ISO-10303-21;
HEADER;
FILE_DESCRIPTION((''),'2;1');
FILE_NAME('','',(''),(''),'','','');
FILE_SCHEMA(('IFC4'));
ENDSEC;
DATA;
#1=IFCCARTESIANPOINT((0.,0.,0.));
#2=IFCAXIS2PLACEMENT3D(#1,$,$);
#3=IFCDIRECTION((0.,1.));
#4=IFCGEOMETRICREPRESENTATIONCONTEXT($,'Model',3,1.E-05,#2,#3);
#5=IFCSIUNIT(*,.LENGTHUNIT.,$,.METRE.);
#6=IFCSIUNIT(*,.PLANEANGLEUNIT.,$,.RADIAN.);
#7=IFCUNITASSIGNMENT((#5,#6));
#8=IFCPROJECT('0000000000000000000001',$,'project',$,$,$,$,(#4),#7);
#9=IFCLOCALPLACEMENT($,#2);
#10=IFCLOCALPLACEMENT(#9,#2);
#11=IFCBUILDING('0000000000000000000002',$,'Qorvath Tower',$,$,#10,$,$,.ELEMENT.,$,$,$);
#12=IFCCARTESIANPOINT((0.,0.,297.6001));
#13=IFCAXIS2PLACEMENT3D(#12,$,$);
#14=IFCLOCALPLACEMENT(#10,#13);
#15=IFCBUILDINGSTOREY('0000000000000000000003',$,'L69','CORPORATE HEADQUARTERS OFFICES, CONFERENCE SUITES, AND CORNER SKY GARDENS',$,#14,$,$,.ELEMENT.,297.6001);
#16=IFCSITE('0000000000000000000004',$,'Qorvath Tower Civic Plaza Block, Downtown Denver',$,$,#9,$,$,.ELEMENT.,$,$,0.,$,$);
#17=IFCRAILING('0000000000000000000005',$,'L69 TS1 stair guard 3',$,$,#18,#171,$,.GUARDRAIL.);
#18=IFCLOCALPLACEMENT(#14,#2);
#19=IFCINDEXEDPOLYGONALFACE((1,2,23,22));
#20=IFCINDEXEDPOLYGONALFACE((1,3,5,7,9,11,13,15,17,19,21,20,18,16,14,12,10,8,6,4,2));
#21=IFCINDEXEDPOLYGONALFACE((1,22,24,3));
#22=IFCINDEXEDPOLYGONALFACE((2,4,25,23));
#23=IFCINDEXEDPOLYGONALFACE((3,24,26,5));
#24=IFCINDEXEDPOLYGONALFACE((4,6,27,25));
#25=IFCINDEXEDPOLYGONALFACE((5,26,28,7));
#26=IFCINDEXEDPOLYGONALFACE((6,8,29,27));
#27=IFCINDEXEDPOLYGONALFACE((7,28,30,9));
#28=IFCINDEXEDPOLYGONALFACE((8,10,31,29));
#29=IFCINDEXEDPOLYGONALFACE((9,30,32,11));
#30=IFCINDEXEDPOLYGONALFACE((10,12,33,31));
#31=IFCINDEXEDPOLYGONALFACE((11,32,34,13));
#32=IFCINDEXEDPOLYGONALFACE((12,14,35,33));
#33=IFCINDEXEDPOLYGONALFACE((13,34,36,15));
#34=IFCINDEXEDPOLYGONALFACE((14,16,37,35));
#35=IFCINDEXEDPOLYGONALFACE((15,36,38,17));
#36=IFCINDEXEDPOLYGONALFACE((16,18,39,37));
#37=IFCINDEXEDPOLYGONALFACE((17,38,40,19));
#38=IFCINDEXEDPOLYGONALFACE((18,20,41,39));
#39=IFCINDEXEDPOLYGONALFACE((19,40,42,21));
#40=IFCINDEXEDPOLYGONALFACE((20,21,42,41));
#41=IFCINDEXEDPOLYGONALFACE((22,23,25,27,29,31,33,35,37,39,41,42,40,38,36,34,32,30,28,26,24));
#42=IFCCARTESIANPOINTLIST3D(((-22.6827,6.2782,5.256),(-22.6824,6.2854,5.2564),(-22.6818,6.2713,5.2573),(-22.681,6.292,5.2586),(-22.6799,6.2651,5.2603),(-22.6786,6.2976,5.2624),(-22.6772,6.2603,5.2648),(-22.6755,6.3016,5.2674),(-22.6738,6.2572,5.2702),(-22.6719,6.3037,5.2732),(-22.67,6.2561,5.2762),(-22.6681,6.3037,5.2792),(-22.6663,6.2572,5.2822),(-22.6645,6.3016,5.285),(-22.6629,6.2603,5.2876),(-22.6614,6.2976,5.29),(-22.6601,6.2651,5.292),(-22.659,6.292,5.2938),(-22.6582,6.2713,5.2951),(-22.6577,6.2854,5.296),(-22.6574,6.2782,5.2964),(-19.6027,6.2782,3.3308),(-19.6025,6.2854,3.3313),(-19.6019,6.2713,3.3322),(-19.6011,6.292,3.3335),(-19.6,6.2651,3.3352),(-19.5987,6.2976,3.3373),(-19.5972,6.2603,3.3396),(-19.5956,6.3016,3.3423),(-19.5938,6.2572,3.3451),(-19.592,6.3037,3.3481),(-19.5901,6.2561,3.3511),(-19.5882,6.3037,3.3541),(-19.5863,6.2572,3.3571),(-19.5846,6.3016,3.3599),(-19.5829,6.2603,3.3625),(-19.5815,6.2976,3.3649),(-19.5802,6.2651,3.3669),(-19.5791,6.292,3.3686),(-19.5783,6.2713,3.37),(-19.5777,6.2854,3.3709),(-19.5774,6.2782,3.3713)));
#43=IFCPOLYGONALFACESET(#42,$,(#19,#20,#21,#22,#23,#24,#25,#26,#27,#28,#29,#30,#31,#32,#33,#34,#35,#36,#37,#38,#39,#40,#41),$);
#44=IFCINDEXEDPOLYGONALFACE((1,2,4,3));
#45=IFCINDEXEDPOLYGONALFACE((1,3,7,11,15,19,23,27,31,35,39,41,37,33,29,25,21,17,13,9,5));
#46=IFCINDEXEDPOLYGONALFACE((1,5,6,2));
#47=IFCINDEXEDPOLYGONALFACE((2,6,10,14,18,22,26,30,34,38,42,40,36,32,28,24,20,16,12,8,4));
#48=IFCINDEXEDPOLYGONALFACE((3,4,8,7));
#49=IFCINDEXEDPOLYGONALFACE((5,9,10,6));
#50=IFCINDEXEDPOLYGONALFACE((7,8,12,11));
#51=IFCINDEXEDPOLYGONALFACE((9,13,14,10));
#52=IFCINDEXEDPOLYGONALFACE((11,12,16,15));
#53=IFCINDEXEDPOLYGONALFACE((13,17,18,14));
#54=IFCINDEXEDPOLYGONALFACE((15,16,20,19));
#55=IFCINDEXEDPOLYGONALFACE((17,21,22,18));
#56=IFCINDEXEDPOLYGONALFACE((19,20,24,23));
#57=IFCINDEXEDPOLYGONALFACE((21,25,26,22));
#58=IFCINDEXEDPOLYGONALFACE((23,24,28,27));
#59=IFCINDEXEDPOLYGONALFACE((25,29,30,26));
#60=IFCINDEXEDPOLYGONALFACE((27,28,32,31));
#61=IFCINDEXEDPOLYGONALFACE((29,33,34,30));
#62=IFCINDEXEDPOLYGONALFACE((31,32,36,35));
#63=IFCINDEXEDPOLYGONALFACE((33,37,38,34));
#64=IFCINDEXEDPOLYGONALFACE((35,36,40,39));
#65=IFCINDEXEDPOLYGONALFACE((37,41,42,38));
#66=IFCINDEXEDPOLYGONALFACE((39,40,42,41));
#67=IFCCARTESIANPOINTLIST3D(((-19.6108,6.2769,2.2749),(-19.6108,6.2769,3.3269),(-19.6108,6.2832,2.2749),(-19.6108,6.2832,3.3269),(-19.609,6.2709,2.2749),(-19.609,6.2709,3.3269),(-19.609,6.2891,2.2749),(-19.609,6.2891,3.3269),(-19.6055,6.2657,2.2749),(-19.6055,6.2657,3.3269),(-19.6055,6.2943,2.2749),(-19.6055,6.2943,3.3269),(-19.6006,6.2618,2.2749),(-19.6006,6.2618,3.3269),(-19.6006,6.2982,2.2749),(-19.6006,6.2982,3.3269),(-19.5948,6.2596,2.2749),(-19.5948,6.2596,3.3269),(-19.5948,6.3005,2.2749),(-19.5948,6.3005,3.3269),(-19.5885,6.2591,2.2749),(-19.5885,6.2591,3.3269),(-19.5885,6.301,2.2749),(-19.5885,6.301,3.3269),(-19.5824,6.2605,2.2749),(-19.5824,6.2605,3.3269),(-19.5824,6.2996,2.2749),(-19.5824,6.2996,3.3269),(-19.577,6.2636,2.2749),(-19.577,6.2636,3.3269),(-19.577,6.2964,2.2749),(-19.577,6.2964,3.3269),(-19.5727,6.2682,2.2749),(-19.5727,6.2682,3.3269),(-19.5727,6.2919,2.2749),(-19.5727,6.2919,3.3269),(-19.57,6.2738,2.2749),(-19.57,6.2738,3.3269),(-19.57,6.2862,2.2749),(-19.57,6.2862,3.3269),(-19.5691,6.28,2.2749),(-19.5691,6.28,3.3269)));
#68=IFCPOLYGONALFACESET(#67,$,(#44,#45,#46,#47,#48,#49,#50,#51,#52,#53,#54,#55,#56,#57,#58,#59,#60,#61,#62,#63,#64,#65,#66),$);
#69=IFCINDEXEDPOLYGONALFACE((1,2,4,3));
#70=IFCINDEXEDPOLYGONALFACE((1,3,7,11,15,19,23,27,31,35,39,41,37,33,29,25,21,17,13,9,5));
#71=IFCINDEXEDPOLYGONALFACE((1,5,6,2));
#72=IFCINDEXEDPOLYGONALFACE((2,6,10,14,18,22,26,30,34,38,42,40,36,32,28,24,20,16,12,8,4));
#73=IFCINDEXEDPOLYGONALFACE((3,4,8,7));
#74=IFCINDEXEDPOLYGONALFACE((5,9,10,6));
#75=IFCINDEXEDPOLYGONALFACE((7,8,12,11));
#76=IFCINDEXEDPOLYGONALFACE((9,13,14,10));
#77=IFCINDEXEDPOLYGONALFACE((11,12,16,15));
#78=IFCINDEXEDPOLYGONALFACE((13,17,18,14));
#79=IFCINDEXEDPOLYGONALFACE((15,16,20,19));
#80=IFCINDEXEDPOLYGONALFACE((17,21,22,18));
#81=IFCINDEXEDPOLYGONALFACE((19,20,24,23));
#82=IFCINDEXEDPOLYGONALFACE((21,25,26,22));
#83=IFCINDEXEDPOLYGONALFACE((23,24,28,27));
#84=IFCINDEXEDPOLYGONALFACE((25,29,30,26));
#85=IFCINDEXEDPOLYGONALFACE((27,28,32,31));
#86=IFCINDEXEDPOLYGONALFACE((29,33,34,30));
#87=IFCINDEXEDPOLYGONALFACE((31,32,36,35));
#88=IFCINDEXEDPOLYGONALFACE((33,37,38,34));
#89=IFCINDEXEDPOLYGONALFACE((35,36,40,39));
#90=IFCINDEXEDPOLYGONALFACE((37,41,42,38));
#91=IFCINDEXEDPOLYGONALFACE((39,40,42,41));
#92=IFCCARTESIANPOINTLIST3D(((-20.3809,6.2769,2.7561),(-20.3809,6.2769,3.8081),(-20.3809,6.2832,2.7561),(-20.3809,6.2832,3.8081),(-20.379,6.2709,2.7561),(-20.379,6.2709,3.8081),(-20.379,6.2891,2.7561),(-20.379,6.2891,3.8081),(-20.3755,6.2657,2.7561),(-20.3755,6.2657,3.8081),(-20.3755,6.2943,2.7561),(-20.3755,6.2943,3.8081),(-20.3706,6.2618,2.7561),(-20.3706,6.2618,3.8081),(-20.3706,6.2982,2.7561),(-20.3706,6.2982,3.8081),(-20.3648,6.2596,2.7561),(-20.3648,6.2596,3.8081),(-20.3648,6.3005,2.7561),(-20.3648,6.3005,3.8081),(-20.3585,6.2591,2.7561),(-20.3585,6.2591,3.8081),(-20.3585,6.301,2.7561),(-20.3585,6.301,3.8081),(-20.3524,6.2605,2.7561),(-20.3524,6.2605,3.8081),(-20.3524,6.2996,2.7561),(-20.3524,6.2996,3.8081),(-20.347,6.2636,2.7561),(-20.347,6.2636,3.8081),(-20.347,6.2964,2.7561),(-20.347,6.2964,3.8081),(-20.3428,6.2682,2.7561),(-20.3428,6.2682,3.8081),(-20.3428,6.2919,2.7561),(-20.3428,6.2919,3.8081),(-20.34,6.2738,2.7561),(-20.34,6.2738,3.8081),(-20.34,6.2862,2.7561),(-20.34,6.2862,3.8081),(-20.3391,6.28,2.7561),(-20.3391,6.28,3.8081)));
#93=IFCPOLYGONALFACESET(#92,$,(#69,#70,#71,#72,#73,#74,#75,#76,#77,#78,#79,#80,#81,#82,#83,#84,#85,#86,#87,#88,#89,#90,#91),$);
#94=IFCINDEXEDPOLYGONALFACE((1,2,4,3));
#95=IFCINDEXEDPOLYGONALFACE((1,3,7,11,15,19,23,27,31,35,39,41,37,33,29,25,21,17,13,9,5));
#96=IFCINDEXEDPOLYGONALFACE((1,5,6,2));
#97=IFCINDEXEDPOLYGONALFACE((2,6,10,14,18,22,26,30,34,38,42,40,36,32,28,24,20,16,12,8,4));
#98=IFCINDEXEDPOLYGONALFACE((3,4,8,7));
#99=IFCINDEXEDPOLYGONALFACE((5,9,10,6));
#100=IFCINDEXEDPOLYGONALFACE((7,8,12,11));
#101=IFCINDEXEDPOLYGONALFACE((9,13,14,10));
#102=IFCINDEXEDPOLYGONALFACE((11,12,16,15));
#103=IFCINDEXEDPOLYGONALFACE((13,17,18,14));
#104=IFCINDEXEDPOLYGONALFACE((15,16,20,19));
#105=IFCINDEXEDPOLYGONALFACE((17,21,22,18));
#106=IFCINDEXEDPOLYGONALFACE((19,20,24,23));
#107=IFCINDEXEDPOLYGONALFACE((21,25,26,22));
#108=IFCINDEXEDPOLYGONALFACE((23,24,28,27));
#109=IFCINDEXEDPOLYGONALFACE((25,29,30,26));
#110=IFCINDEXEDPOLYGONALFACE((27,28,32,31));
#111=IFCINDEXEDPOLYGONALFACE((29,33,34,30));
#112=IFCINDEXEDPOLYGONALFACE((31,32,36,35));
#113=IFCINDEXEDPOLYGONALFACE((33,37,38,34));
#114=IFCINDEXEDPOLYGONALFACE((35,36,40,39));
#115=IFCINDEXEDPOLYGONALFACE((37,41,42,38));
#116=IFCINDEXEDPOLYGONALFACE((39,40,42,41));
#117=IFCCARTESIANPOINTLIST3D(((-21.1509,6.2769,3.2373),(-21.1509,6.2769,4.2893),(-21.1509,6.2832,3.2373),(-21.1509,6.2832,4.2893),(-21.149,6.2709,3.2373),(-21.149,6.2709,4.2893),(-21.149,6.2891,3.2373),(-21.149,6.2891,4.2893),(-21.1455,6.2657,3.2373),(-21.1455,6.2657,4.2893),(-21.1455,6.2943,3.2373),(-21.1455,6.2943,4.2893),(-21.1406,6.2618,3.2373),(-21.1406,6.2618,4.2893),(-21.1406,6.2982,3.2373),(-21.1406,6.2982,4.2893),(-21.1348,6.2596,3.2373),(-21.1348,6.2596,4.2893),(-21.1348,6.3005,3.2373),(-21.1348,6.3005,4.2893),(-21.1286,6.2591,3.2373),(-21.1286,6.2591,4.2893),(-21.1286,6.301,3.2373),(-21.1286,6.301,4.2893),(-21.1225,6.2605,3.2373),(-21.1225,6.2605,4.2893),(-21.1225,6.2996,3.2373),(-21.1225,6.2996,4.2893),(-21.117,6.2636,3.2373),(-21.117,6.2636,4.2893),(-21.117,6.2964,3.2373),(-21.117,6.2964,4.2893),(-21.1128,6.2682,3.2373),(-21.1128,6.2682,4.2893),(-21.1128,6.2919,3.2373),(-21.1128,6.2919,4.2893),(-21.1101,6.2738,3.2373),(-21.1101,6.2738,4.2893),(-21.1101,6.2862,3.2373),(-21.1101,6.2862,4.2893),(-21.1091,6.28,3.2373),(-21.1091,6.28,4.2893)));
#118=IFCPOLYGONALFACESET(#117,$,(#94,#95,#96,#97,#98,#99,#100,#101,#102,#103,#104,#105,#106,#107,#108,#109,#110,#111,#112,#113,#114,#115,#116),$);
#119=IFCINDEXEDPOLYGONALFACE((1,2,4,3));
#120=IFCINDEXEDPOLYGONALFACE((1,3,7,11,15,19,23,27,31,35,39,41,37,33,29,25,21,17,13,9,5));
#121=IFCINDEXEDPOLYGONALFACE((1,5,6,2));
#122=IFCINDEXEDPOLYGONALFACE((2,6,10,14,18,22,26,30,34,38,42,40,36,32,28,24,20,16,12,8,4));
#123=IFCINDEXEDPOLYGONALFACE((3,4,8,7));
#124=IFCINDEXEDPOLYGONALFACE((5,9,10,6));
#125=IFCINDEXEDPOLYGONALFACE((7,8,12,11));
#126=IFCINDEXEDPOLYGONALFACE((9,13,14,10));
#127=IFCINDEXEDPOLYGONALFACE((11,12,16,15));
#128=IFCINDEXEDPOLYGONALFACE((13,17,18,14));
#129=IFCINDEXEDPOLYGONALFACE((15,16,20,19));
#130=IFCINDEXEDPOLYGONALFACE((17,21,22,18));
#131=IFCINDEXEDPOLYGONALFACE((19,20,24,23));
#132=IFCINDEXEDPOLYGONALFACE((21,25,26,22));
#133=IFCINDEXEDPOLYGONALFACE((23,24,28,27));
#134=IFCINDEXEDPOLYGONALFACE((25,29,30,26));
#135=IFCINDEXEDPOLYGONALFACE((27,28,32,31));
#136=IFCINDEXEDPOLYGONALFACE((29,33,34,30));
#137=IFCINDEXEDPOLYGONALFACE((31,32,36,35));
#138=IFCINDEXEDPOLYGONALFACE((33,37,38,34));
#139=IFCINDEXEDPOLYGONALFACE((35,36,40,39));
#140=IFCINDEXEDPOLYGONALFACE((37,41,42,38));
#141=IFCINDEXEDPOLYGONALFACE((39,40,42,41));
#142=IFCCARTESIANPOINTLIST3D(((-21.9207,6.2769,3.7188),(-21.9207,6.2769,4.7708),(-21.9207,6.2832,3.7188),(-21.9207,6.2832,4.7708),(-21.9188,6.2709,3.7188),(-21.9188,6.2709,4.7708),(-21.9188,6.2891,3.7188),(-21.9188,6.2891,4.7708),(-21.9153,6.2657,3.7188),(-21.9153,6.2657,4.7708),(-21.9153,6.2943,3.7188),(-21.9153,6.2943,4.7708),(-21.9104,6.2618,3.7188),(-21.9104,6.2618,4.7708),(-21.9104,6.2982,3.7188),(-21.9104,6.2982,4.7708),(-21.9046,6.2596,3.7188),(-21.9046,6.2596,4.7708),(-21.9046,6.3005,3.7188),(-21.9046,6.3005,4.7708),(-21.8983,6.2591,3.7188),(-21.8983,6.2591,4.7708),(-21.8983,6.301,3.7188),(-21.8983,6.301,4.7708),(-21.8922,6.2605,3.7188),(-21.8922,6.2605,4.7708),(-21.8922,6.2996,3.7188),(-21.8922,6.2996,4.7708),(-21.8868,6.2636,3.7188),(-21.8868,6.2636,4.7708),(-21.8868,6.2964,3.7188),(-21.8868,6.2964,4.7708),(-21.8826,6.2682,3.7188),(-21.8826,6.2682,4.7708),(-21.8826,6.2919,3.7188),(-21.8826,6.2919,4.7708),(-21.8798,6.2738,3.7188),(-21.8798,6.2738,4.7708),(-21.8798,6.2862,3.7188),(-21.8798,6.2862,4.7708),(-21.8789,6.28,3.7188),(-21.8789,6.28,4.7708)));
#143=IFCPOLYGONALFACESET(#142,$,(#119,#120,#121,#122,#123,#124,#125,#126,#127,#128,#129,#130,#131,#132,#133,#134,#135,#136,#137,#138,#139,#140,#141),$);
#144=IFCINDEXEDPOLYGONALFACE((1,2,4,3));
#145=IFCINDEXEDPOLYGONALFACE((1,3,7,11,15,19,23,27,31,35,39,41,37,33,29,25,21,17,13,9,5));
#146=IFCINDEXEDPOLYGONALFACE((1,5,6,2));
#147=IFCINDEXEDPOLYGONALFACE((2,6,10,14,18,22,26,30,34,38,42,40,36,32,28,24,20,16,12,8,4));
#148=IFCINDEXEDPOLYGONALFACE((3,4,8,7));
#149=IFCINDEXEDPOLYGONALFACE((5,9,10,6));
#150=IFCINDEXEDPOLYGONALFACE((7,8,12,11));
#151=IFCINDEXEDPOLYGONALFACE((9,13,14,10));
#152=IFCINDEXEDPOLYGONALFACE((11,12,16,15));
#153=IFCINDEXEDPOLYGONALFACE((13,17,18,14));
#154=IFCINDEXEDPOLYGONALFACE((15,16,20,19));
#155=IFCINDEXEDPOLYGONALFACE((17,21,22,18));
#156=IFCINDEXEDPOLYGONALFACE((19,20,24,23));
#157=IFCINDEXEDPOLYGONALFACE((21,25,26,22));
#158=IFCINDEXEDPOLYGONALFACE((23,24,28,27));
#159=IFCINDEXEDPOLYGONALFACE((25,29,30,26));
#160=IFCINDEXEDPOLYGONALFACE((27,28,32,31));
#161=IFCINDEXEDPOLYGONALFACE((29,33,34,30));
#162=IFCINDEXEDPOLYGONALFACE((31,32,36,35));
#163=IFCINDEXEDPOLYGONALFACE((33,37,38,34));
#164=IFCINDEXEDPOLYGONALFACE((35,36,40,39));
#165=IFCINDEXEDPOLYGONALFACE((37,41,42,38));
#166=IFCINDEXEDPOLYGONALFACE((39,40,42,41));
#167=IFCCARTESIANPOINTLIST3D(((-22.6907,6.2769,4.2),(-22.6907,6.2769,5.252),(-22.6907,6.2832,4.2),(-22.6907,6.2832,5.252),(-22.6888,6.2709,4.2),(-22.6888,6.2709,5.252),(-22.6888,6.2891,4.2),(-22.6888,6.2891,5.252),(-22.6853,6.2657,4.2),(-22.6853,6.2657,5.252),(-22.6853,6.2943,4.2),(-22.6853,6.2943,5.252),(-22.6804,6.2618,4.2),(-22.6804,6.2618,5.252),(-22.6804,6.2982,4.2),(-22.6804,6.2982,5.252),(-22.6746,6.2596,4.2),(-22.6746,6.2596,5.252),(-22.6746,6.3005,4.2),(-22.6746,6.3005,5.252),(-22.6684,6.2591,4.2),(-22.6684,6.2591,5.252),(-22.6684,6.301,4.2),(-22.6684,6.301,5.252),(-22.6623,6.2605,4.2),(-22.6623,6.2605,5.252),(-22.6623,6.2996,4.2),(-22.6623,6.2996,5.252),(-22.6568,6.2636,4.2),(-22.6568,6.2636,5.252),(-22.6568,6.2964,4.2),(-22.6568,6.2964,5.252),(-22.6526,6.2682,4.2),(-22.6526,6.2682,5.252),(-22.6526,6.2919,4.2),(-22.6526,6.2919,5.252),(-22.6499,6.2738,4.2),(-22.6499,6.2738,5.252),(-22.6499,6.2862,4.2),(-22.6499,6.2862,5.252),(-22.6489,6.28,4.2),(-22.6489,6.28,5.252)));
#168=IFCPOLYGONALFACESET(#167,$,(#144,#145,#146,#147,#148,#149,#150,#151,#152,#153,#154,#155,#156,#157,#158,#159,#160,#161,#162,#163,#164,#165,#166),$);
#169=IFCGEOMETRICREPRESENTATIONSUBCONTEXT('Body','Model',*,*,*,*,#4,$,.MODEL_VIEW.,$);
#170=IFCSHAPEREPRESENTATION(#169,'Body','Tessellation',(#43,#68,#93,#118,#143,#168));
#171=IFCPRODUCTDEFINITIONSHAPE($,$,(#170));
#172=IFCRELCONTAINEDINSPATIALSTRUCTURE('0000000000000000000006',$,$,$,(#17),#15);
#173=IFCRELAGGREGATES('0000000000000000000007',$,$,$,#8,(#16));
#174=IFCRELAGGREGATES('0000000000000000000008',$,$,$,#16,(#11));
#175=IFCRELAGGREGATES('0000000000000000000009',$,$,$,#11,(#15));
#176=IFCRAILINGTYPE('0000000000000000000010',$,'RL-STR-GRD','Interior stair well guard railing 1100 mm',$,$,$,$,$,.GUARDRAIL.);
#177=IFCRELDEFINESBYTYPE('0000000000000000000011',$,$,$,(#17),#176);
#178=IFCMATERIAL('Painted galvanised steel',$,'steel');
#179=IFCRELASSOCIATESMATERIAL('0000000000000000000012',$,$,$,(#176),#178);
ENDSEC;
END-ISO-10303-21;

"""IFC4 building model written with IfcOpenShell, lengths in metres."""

from ifc_helpers import new_model, si_unit, direction, frame, origin, origin_2d, place, context, subcontext, project, spatial, circle, extrude, material, type_object, element, save


model = new_model("IFC4")

# Units and contexts
model_context = context("Model", 3, precision=1e-05, world=origin(), true_north=direction((0.0, 1.0)))
body_context = subcontext(model_context, "Body", "Model", "MODEL_VIEW")
ifc_project = project(units=[si_unit("LENGTHUNIT", "METRE"), si_unit("PLANEANGLEUNIT", "RADIAN")], contexts=[model_context])

# Site, building, storey
site_placement = place(None, origin())
site = spatial("IfcSite", under=ifc_project, at=site_placement, Name="Qorvath Tower Civic Plaza Block, Downtown Denver", CompositionType="ELEMENT", RefElevation=0.0)
building_placement = place(site_placement, origin())
building = spatial("IfcBuilding", under=site, at=building_placement, Name="Qorvath Tower", CompositionType="ELEMENT")
storey_placement = place(building_placement, frame((0.0, 0.0, 297.6001)))
storey = spatial("IfcBuildingStorey", under=building, at=storey_placement, Name="L69", Description="CORPORATE HEADQUARTERS OFFICES, CONFERENCE SUITES, AND CORNER SKY GARDENS", CompositionType="ELEMENT", Elevation=297.6001)

# Railing
ifc_material_1 = material(Name="Painted galvanised steel", Category="steel")
railing_type_1 = type_object("IfcRailingType", Name="RL-STR-GRD", Description="Interior stair well guard railing 1100 mm", PredefinedType="GUARDRAIL", material=ifc_material_1)
railing_1_placement = place(storey_placement, frame((-19.5901, 6.28, 2.2749)))
element("IfcRailing", 1, at=railing_1_placement, inside=storey, type_object=railing_type_1, Name="L69 TS1 stair guard 3", PredefinedType="GUARDRAIL", context=body_context, shape_type="SweptSolid", body=[
    extrude(circle(Radius=0.0239, at=origin_2d()), frame((0.0, 0.0, 1.0762), z_axis=(-0.847979, 0.0, 0.530029), x_axis=(0.0, -1.0, 0.0)), (0.0, 0.0, 1.0), 3.6321),
    extrude(circle(Radius=0.021, at=origin_2d()), origin(), (0.0, 0.0, 1.0), 1.052),
    extrude(circle(Radius=0.021, at=origin_2d()), frame((-0.77, 0.0, 0.4812)), (0.0, 0.0, 1.0), 1.052),
    extrude(circle(Radius=0.021, at=origin_2d()), frame((-1.54, 0.0, 0.9624)), (0.0, 0.0, 1.0), 1.052),
    extrude(circle(Radius=0.021, at=origin_2d()), frame((-2.3098, 0.0, 1.4438)), (0.0, 0.0, 1.0), 1.052),
    extrude(circle(Radius=0.021, at=origin_2d()), frame((-3.0798, 0.0, 1.925)), (0.0, 0.0, 1.0), 1.052),
])

save(model, "model.ifc")
